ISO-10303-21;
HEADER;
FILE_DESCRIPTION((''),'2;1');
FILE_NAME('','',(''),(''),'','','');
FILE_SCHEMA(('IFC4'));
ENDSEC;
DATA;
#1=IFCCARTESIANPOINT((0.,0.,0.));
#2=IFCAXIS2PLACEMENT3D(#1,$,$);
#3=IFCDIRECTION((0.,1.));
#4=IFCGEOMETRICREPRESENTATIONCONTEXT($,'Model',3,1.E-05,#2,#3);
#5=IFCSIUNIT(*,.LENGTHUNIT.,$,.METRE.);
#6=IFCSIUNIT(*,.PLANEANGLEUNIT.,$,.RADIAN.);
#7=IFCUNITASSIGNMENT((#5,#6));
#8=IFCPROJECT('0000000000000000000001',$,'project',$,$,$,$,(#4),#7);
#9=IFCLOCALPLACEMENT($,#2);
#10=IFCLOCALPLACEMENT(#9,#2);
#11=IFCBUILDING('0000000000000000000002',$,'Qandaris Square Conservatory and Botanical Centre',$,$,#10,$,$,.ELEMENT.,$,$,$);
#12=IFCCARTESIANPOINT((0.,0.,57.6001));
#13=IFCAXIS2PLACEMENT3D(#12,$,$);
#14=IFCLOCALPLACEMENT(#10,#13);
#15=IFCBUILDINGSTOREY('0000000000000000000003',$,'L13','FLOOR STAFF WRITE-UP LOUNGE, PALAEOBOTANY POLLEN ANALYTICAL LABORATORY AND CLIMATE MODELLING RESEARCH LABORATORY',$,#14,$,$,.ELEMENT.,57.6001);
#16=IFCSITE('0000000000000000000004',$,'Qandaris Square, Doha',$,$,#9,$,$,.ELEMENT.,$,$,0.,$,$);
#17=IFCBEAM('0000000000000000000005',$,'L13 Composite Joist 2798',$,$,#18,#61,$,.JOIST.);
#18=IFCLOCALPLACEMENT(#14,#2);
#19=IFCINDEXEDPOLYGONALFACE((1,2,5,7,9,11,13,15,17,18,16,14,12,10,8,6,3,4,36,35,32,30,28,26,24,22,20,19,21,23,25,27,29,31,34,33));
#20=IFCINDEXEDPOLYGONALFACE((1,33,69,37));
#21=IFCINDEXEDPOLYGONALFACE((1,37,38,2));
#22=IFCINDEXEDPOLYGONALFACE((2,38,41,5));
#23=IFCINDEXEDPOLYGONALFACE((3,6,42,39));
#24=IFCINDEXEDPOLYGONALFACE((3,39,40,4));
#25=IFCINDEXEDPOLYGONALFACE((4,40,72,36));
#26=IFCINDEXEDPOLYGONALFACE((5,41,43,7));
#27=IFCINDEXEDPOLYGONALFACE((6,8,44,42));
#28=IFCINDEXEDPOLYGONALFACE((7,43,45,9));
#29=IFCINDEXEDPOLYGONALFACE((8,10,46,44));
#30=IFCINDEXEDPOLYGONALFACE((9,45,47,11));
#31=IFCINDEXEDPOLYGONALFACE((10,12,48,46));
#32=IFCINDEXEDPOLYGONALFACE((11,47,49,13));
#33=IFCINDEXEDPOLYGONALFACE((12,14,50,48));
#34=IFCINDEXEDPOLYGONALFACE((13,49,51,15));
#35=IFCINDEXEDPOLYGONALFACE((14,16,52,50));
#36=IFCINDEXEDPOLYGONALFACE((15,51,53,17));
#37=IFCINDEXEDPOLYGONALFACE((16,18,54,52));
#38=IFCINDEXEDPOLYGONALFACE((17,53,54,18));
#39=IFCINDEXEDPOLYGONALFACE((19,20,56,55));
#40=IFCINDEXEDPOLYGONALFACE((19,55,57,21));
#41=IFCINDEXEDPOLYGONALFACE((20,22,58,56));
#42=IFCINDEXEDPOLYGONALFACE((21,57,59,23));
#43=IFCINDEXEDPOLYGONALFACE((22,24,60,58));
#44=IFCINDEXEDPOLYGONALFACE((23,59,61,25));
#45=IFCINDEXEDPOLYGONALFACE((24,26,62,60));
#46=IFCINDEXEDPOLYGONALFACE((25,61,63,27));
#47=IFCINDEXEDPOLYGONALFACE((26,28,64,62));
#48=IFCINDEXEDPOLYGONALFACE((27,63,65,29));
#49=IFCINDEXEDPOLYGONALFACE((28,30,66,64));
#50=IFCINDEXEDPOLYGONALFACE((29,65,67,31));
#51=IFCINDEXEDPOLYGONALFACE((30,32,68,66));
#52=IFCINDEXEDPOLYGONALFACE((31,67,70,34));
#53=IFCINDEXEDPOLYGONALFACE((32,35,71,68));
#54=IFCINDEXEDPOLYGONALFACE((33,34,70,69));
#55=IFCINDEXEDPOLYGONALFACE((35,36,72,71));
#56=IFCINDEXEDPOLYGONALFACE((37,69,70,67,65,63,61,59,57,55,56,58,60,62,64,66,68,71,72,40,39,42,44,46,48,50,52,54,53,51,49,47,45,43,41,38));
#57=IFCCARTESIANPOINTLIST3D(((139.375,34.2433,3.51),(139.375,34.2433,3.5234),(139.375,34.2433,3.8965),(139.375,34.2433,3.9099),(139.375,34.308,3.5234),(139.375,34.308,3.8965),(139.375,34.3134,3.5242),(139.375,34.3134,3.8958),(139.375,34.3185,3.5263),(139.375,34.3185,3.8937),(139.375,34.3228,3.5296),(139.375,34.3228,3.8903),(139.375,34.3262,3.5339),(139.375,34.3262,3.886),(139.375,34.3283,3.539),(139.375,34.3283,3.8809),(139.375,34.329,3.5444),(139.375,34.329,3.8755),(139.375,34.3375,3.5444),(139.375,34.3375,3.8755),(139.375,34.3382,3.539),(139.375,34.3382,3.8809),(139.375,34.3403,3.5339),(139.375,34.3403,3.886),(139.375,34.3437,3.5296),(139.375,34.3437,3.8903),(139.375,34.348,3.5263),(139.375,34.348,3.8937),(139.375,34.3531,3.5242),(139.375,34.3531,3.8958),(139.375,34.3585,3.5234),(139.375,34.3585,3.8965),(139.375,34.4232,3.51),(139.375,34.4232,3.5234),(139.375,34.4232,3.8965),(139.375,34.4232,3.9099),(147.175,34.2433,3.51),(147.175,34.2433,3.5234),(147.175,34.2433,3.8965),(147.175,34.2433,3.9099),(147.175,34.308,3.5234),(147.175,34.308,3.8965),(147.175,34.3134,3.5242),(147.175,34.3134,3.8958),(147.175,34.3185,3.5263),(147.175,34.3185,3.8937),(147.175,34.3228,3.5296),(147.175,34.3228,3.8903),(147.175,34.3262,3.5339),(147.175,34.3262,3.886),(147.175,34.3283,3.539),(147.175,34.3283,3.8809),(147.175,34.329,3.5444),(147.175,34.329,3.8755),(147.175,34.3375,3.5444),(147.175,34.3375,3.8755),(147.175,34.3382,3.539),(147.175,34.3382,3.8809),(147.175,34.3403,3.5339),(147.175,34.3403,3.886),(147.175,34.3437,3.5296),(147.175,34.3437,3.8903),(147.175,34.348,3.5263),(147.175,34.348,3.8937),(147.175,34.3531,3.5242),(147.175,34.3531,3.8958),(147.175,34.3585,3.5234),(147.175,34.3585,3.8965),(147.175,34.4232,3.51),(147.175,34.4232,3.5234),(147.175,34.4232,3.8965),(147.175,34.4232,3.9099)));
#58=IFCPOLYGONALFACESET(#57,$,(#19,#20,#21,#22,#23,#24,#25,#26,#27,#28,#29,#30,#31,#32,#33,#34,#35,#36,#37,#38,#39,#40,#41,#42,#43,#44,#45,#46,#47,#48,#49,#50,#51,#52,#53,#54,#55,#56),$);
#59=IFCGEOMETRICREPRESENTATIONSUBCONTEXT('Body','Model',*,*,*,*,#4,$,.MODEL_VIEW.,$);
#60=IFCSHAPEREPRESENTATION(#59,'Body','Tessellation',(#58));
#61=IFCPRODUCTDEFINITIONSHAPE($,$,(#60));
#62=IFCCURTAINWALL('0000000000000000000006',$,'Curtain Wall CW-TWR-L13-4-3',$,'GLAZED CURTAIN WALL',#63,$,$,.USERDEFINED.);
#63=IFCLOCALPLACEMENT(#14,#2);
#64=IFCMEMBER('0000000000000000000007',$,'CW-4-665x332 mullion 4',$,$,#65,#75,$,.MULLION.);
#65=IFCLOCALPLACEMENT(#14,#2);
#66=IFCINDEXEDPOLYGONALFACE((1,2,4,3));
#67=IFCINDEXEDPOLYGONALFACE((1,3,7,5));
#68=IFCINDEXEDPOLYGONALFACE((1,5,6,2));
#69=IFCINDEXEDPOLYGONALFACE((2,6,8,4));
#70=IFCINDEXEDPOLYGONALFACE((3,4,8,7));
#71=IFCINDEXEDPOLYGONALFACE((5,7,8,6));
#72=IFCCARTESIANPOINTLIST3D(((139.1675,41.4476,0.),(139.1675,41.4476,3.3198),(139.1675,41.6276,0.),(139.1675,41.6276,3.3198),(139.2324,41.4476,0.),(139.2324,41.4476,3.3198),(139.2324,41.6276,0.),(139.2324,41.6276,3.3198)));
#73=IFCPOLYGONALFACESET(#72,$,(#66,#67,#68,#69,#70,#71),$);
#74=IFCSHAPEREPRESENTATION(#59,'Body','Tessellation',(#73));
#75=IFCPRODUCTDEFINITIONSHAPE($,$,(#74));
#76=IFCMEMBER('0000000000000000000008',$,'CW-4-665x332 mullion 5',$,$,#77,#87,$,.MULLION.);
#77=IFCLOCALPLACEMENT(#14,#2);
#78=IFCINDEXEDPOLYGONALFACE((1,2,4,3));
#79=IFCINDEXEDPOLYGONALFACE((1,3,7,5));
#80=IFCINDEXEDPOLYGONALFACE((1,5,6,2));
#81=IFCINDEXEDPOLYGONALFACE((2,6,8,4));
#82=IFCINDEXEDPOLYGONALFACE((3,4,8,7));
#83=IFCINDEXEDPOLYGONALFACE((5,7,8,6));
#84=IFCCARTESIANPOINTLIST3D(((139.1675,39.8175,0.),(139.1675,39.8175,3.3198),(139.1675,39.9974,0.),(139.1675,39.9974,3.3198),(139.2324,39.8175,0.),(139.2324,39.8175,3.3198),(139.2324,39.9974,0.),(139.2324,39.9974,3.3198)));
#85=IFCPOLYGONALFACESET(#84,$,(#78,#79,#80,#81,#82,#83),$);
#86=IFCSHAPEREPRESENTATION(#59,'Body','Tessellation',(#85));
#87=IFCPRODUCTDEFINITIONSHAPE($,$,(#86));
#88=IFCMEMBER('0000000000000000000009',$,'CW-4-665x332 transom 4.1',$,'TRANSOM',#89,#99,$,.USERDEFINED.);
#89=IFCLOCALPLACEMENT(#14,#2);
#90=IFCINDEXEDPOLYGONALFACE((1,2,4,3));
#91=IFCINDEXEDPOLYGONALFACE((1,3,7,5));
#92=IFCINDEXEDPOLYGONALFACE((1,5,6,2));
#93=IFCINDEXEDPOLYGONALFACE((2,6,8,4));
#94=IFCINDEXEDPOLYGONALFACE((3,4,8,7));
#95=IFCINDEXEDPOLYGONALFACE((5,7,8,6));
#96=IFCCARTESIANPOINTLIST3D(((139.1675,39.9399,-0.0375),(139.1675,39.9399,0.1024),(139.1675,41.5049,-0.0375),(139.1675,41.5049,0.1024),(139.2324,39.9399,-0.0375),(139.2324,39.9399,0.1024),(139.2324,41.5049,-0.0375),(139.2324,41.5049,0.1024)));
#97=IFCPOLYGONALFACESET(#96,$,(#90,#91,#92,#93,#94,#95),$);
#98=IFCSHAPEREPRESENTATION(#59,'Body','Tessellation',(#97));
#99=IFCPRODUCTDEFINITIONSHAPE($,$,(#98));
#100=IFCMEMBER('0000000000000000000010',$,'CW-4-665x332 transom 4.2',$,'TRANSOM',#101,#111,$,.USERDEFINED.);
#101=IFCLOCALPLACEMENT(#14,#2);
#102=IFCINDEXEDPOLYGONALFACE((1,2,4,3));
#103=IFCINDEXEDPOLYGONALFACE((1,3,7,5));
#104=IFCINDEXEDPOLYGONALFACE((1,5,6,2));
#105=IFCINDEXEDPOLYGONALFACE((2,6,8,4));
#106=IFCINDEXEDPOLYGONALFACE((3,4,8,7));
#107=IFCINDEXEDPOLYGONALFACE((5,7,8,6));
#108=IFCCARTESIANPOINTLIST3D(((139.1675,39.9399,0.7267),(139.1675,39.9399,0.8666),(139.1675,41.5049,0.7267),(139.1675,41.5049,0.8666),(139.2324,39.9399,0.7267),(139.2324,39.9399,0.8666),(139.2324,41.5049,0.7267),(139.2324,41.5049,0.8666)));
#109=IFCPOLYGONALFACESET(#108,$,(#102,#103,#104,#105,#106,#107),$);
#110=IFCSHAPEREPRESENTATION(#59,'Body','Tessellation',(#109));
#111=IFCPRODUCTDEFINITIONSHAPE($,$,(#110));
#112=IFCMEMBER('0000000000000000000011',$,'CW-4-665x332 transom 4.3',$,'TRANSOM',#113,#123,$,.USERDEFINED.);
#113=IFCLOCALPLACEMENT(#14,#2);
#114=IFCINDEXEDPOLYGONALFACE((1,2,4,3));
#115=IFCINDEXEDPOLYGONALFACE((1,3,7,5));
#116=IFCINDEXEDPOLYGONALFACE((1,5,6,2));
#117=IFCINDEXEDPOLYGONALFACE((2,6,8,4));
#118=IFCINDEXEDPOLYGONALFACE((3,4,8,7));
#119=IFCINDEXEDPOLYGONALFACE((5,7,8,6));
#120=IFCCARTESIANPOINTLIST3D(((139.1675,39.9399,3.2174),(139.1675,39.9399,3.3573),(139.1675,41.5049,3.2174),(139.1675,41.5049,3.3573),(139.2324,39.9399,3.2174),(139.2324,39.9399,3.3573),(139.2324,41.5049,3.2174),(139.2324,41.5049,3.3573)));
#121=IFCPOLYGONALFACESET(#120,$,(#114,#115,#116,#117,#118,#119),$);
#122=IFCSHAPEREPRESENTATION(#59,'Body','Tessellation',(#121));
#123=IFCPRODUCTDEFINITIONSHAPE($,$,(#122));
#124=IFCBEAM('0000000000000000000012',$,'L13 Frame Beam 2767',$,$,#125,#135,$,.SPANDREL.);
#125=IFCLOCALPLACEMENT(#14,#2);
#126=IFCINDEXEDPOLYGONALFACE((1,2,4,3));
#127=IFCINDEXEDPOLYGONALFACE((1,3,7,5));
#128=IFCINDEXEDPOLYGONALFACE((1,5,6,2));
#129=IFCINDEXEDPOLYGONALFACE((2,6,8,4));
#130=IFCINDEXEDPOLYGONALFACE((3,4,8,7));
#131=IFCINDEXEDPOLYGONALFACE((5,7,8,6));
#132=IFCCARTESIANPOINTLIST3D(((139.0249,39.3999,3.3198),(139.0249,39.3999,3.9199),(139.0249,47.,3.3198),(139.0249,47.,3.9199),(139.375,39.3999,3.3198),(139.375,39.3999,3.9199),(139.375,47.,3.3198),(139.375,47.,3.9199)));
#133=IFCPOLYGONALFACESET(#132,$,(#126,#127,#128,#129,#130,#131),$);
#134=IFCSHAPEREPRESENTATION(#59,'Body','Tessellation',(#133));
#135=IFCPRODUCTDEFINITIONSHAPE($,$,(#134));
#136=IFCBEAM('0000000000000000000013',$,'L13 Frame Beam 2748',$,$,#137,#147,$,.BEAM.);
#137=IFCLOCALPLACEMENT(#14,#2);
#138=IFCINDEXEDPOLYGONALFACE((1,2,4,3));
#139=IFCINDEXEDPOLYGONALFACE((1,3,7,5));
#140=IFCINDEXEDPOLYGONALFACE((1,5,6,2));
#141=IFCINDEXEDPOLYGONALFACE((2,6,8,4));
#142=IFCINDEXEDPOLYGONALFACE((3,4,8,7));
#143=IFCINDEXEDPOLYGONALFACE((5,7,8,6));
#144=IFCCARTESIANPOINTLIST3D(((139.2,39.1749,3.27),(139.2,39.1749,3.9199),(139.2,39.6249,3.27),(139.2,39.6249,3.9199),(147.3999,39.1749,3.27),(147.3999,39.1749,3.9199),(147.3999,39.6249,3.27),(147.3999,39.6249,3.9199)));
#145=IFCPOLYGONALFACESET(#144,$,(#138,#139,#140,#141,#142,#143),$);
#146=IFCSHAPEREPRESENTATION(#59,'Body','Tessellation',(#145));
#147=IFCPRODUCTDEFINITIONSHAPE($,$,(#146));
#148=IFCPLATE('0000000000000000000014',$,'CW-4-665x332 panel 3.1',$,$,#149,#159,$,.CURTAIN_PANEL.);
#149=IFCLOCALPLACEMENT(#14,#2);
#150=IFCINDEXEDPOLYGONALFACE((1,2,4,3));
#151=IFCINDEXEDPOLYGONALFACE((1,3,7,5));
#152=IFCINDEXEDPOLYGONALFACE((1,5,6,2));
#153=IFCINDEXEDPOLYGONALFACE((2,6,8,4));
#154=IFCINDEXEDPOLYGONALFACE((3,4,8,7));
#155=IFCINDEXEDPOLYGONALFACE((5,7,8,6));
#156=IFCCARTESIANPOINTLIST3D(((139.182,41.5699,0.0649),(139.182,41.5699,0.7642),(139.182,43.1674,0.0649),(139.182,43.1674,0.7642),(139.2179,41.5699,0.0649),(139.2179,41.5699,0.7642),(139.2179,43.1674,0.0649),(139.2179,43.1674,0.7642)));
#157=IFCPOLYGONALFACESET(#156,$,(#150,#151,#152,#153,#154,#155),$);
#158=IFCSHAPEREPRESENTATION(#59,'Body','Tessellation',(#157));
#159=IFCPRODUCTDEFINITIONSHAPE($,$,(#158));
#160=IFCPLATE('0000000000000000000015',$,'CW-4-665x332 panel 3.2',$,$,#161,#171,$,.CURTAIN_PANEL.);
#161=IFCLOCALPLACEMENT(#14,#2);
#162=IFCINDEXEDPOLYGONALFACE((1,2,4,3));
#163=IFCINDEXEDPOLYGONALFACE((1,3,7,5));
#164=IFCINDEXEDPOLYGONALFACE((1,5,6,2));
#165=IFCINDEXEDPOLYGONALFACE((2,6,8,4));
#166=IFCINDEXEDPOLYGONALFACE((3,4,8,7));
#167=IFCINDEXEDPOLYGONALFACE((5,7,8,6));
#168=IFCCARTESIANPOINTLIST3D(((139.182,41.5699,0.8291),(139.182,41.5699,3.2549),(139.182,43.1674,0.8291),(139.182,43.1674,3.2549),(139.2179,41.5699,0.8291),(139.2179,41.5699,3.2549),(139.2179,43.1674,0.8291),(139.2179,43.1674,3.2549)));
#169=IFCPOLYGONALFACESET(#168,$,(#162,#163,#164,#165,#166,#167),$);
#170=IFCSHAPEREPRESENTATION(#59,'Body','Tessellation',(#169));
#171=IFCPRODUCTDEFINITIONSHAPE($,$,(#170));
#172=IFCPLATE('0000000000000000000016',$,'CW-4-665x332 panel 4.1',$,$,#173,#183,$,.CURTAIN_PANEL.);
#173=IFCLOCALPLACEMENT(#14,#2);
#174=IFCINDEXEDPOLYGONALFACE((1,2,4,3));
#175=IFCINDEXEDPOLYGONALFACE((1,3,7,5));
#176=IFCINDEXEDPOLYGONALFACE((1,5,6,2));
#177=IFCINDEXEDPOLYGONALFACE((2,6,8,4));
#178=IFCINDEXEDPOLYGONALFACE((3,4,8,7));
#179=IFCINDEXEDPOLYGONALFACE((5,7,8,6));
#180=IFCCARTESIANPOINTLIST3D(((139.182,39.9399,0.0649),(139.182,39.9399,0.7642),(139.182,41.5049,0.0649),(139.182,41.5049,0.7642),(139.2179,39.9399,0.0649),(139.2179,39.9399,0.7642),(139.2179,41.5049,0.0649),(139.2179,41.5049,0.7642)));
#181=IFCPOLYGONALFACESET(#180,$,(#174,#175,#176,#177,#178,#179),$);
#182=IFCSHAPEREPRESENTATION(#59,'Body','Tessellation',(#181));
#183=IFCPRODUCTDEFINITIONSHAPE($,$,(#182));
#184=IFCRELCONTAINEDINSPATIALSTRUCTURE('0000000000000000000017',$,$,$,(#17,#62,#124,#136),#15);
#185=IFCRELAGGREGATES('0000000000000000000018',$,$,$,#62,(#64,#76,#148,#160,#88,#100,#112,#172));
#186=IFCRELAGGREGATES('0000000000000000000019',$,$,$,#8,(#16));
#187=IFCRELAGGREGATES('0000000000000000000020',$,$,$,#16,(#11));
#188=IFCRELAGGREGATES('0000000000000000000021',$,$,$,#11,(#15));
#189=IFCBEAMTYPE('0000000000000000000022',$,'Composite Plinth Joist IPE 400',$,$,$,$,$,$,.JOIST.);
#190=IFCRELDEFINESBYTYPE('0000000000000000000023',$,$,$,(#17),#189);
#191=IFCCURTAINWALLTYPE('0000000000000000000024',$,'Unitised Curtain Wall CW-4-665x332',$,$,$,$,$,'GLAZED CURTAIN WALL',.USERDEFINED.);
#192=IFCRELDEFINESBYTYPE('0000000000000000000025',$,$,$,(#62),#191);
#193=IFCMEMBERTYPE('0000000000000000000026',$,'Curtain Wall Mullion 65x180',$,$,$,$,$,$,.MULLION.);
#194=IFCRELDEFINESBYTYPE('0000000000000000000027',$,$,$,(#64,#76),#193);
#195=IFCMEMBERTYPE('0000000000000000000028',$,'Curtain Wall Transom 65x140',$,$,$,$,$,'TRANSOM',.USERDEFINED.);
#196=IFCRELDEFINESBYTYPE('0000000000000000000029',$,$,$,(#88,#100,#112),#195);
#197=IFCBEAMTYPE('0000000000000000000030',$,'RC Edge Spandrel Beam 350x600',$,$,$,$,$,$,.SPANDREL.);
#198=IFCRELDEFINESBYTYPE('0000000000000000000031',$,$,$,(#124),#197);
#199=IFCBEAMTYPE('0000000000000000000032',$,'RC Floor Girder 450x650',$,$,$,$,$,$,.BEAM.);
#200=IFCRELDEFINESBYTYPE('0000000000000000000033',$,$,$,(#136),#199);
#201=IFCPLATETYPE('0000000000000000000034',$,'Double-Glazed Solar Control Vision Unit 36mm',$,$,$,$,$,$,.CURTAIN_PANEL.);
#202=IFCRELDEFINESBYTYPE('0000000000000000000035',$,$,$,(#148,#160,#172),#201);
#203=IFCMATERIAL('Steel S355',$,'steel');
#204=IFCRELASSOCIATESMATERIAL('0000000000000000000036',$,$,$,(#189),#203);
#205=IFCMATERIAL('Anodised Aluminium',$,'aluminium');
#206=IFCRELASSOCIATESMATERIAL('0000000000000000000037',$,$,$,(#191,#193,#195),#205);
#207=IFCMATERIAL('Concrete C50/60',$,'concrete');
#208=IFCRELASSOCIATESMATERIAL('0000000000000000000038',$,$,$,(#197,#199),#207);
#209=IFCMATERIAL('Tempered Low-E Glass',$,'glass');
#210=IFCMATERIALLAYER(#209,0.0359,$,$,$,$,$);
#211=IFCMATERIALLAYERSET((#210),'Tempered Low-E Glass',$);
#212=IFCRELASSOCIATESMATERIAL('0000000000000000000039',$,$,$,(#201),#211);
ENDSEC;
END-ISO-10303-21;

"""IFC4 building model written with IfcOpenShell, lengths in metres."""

from ifc_helpers import new_model, si_unit, direction, frame, origin, origin_2d, place, context, subcontext, project, spatial, rectangle, i_section, extrude, material, layer, layer_set, material_profile, profile_set, type_object, element, aggregate, save


model = new_model("IFC4")

# Units and contexts
model_context = context("Model", 3, precision=1e-05, world=origin(), true_north=direction((0.0, 1.0)))
body_context = subcontext(model_context, "Body", "Model", "MODEL_VIEW")
ifc_project = project(units=[si_unit("LENGTHUNIT", "METRE"), si_unit("PLANEANGLEUNIT", "RADIAN")], contexts=[model_context])

# Site, building, storey
site_placement = place(None, origin())
site = spatial("IfcSite", under=ifc_project, at=site_placement, Name="Qandaris Square, Doha", CompositionType="ELEMENT", RefElevation=0.0)
building_placement = place(site_placement, origin())
building = spatial("IfcBuilding", under=site, at=building_placement, Name="Qandaris Square Conservatory and Botanical Centre", CompositionType="ELEMENT")
storey_placement = place(building_placement, frame((0.0, 0.0, 57.6001)))
storey = spatial("IfcBuildingStorey", under=building, at=storey_placement, Name="L13", Description="FLOOR STAFF WRITE-UP LOUNGE, PALAEOBOTANY POLLEN ANALYTICAL LABORATORY AND CLIMATE MODELLING RESEARCH LABORATORY", CompositionType="ELEMENT", Elevation=57.6001)

# Beam
ifc_material_1 = material(Name="Steel S355", Category="steel")
ifc_material_profile_1 = material_profile(ifc_material_1, i_section(OverallWidth=0.1799, OverallDepth=0.3999, WebThickness=0.0085, FlangeThickness=0.0134, FilletRadius=0.021, at=origin_2d()), Name="IPE 400")
ifc_profile_set_1 = profile_set([ifc_material_profile_1], Name="Steel S355")
beam_type_1 = type_object("IfcBeamType", Name="Composite Plinth Joist IPE 400", PredefinedType="JOIST", material=ifc_profile_set_1)
beam_1_placement = place(storey_placement, frame((139.375, 34.3333, 3.71), z_axis=(1.0, 0.0, 0.0), x_axis=(0.0, 1.0, 0.0)))
element("IfcBeam", 1, at=beam_1_placement, inside=storey, type_object=beam_type_1, Name="L13 Composite Joist 2798", PredefinedType="JOIST", context=body_context, shape_type="SweptSolid", body=[
    extrude(i_section(OverallWidth=0.1799, OverallDepth=0.3999, WebThickness=0.0085, FlangeThickness=0.0134, FilletRadius=0.021, at=origin_2d()), origin(), (0.0, 0.0, 1.0), 7.8),
])

# Curtain wall, members
ifc_material_2 = material(Name="Anodised Aluminium", Category="aluminium")
curtain_wall_type = type_object("IfcCurtainWallType", Name="Unitised Curtain Wall CW-4-665x332", ElementType="GLAZED CURTAIN WALL", PredefinedType="USERDEFINED", material=ifc_material_2)
curtain_wall_placement = place(storey_placement, origin())
curtain_wall = element("IfcCurtainWall", 2, at=curtain_wall_placement, inside=storey, type_object=curtain_wall_type, Name="Curtain Wall CW-TWR-L13-4-3", ObjectType="GLAZED CURTAIN WALL", PredefinedType="USERDEFINED")
ifc_material_profile_2 = material_profile(ifc_material_2, rectangle(XDim=0.0649, YDim=0.1799, at=origin_2d()), Name="ALU-MUL 65x180")
ifc_profile_set_2 = profile_set([ifc_material_profile_2], Name="Anodised Aluminium")
member_type_1 = type_object("IfcMemberType", Name="Curtain Wall Mullion 65x180", PredefinedType="MULLION", material=ifc_profile_set_2)
member_1_placement = place(storey_placement, frame((139.2, 41.5376, 0.0), z_axis=(0.0, 0.0, 1.0), x_axis=(1.0, 0.0, 0.0)))
member_1 = element("IfcMember", 3, at=member_1_placement, type_object=member_type_1, Name="CW-4-665x332 mullion 4", PredefinedType="MULLION", context=body_context, shape_type="SweptSolid", body=[
    extrude(rectangle(XDim=0.0649, YDim=0.1799, at=origin_2d()), origin(), (0.0, 0.0, 1.0), 3.3198),
])
member_2_placement = place(storey_placement, frame((139.2, 39.9075, 0.0), z_axis=(0.0, 0.0, 1.0), x_axis=(1.0, 0.0, 0.0)))
member_2 = element("IfcMember", 4, at=member_2_placement, type_object=member_type_1, Name="CW-4-665x332 mullion 5", PredefinedType="MULLION", context=body_context, shape_type="SweptSolid", body=[
    extrude(rectangle(XDim=0.0649, YDim=0.1799, at=origin_2d()), origin(), (0.0, 0.0, 1.0), 3.3198),
])
ifc_material_profile_3 = material_profile(ifc_material_2, rectangle(XDim=0.0649, YDim=0.1399, at=origin_2d()), Name="ALU-TRN 65x140")
ifc_profile_set_3 = profile_set([ifc_material_profile_3], Name="Anodised Aluminium")
member_type_2 = type_object("IfcMemberType", Name="Curtain Wall Transom 65x140", ElementType="TRANSOM", PredefinedType="USERDEFINED", material=ifc_profile_set_3)
member_3_placement = place(storey_placement, frame((139.2, 41.5049, 0.0325), z_axis=(0.0, -1.0, 0.0), x_axis=(1.0, 0.0, 0.0)))
member_3 = element("IfcMember", 5, at=member_3_placement, type_object=member_type_2, Name="CW-4-665x332 transom 4.1", ObjectType="TRANSOM", PredefinedType="USERDEFINED", context=body_context, shape_type="SweptSolid", body=[
    extrude(rectangle(XDim=0.0649, YDim=0.1399, at=origin_2d()), origin(), (0.0, 0.0, 1.0), 1.5649),
])
member_4_placement = place(storey_placement, frame((139.2, 41.5049, 0.7966), z_axis=(0.0, -1.0, 0.0), x_axis=(1.0, 0.0, 0.0)))
member_4 = element("IfcMember", 6, at=member_4_placement, type_object=member_type_2, Name="CW-4-665x332 transom 4.2", ObjectType="TRANSOM", PredefinedType="USERDEFINED", context=body_context, shape_type="SweptSolid", body=[
    extrude(rectangle(XDim=0.0649, YDim=0.1399, at=origin_2d()), origin(), (0.0, 0.0, 1.0), 1.5649),
])
member_5_placement = place(storey_placement, frame((139.2, 41.5049, 3.2874), z_axis=(0.0, -1.0, 0.0), x_axis=(1.0, 0.0, 0.0)))
member_5 = element("IfcMember", 7, at=member_5_placement, type_object=member_type_2, Name="CW-4-665x332 transom 4.3", ObjectType="TRANSOM", PredefinedType="USERDEFINED", context=body_context, shape_type="SweptSolid", body=[
    extrude(rectangle(XDim=0.0649, YDim=0.1399, at=origin_2d()), origin(), (0.0, 0.0, 1.0), 1.5649),
])

# Beams
ifc_material_3 = material(Name="Concrete C50/60", Category="concrete")
ifc_material_profile_4 = material_profile(ifc_material_3, rectangle(XDim=0.3501, YDim=0.6001, at=origin_2d()), Name="RC-SP 350x600")
ifc_profile_set_4 = profile_set([ifc_material_profile_4], Name="Concrete C50/60")
beam_type_2 = type_object("IfcBeamType", Name="RC Edge Spandrel Beam 350x600", PredefinedType="SPANDREL", material=ifc_profile_set_4)
beam_2_placement = place(storey_placement, frame((139.2, 39.3999, 3.6199), z_axis=(0.0, 1.0, 0.0), x_axis=(-1.0, 0.0, 0.0)))
element("IfcBeam", 8, at=beam_2_placement, inside=storey, type_object=beam_type_2, Name="L13 Frame Beam 2767", PredefinedType="SPANDREL", context=body_context, shape_type="SweptSolid", body=[
    extrude(rectangle(XDim=0.3501, YDim=0.6001, at=origin_2d()), origin(), (0.0, 0.0, 1.0), 7.6001),
])
ifc_material_profile_5 = material_profile(ifc_material_3, rectangle(XDim=0.45, YDim=0.6499, at=origin_2d()), Name="RC-BM 450x650")
ifc_profile_set_5 = profile_set([ifc_material_profile_5], Name="Concrete C50/60")
beam_type_3 = type_object("IfcBeamType", Name="RC Floor Girder 450x650", PredefinedType="BEAM", material=ifc_profile_set_5)
beam_3_placement = place(storey_placement, frame((139.2, 39.3999, 3.595), z_axis=(1.0, 0.0, 0.0), x_axis=(0.0, 1.0, 0.0)))
element("IfcBeam", 9, at=beam_3_placement, inside=storey, type_object=beam_type_3, Name="L13 Frame Beam 2748", PredefinedType="BEAM", context=body_context, shape_type="SweptSolid", body=[
    extrude(rectangle(XDim=0.45, YDim=0.6499, at=origin_2d()), origin(), (0.0, 0.0, 1.0), 8.2),
])

# Plates
ifc_material_4 = material(Name="Tempered Low-E Glass", Category="glass")
ifc_layer_1 = layer(ifc_material_4, 0.0359)
ifc_layer_set_1 = layer_set([ifc_layer_1], Name="Tempered Low-E Glass")
plate_type = type_object("IfcPlateType", Name="Double-Glazed Solar Control Vision Unit 36mm", PredefinedType="CURTAIN_PANEL", material=ifc_layer_set_1)
plate_1_placement = place(storey_placement, frame((139.2, 42.3687, 0.0649), z_axis=(0.0, 0.0, 1.0), x_axis=(0.0, -1.0, 0.0)))
plate_1 = element("IfcPlate", 10, at=plate_1_placement, type_object=plate_type, Name="CW-4-665x332 panel 3.1", PredefinedType="CURTAIN_PANEL", context=body_context, shape_type="SweptSolid", body=[
    extrude(rectangle(XDim=1.5974, YDim=0.0359, at=origin_2d()), origin(), (0.0, 0.0, 1.0), 0.6992),
])
plate_2_placement = place(storey_placement, frame((139.2, 42.3687, 0.8291), z_axis=(0.0, 0.0, 1.0), x_axis=(0.0, -1.0, 0.0)))
plate_2 = element("IfcPlate", 11, at=plate_2_placement, type_object=plate_type, Name="CW-4-665x332 panel 3.2", PredefinedType="CURTAIN_PANEL", context=body_context, shape_type="SweptSolid", body=[
    extrude(rectangle(XDim=1.5974, YDim=0.0359, at=origin_2d()), origin(), (0.0, 0.0, 1.0), 2.4258),
])
plate_3_placement = place(storey_placement, frame((139.2, 40.7224, 0.0649), z_axis=(0.0, 0.0, 1.0), x_axis=(0.0, -1.0, 0.0)))
plate_3 = element("IfcPlate", 12, at=plate_3_placement, type_object=plate_type, Name="CW-4-665x332 panel 4.1", PredefinedType="CURTAIN_PANEL", context=body_context, shape_type="SweptSolid", body=[
    extrude(rectangle(XDim=1.5649, YDim=0.0359, at=origin_2d()), origin(), (0.0, 0.0, 1.0), 0.6992),
])
aggregate(curtain_wall, [member_1, member_2, plate_1, plate_2, member_3, member_4, member_5, plate_3])

save(model, "model.ifc")
